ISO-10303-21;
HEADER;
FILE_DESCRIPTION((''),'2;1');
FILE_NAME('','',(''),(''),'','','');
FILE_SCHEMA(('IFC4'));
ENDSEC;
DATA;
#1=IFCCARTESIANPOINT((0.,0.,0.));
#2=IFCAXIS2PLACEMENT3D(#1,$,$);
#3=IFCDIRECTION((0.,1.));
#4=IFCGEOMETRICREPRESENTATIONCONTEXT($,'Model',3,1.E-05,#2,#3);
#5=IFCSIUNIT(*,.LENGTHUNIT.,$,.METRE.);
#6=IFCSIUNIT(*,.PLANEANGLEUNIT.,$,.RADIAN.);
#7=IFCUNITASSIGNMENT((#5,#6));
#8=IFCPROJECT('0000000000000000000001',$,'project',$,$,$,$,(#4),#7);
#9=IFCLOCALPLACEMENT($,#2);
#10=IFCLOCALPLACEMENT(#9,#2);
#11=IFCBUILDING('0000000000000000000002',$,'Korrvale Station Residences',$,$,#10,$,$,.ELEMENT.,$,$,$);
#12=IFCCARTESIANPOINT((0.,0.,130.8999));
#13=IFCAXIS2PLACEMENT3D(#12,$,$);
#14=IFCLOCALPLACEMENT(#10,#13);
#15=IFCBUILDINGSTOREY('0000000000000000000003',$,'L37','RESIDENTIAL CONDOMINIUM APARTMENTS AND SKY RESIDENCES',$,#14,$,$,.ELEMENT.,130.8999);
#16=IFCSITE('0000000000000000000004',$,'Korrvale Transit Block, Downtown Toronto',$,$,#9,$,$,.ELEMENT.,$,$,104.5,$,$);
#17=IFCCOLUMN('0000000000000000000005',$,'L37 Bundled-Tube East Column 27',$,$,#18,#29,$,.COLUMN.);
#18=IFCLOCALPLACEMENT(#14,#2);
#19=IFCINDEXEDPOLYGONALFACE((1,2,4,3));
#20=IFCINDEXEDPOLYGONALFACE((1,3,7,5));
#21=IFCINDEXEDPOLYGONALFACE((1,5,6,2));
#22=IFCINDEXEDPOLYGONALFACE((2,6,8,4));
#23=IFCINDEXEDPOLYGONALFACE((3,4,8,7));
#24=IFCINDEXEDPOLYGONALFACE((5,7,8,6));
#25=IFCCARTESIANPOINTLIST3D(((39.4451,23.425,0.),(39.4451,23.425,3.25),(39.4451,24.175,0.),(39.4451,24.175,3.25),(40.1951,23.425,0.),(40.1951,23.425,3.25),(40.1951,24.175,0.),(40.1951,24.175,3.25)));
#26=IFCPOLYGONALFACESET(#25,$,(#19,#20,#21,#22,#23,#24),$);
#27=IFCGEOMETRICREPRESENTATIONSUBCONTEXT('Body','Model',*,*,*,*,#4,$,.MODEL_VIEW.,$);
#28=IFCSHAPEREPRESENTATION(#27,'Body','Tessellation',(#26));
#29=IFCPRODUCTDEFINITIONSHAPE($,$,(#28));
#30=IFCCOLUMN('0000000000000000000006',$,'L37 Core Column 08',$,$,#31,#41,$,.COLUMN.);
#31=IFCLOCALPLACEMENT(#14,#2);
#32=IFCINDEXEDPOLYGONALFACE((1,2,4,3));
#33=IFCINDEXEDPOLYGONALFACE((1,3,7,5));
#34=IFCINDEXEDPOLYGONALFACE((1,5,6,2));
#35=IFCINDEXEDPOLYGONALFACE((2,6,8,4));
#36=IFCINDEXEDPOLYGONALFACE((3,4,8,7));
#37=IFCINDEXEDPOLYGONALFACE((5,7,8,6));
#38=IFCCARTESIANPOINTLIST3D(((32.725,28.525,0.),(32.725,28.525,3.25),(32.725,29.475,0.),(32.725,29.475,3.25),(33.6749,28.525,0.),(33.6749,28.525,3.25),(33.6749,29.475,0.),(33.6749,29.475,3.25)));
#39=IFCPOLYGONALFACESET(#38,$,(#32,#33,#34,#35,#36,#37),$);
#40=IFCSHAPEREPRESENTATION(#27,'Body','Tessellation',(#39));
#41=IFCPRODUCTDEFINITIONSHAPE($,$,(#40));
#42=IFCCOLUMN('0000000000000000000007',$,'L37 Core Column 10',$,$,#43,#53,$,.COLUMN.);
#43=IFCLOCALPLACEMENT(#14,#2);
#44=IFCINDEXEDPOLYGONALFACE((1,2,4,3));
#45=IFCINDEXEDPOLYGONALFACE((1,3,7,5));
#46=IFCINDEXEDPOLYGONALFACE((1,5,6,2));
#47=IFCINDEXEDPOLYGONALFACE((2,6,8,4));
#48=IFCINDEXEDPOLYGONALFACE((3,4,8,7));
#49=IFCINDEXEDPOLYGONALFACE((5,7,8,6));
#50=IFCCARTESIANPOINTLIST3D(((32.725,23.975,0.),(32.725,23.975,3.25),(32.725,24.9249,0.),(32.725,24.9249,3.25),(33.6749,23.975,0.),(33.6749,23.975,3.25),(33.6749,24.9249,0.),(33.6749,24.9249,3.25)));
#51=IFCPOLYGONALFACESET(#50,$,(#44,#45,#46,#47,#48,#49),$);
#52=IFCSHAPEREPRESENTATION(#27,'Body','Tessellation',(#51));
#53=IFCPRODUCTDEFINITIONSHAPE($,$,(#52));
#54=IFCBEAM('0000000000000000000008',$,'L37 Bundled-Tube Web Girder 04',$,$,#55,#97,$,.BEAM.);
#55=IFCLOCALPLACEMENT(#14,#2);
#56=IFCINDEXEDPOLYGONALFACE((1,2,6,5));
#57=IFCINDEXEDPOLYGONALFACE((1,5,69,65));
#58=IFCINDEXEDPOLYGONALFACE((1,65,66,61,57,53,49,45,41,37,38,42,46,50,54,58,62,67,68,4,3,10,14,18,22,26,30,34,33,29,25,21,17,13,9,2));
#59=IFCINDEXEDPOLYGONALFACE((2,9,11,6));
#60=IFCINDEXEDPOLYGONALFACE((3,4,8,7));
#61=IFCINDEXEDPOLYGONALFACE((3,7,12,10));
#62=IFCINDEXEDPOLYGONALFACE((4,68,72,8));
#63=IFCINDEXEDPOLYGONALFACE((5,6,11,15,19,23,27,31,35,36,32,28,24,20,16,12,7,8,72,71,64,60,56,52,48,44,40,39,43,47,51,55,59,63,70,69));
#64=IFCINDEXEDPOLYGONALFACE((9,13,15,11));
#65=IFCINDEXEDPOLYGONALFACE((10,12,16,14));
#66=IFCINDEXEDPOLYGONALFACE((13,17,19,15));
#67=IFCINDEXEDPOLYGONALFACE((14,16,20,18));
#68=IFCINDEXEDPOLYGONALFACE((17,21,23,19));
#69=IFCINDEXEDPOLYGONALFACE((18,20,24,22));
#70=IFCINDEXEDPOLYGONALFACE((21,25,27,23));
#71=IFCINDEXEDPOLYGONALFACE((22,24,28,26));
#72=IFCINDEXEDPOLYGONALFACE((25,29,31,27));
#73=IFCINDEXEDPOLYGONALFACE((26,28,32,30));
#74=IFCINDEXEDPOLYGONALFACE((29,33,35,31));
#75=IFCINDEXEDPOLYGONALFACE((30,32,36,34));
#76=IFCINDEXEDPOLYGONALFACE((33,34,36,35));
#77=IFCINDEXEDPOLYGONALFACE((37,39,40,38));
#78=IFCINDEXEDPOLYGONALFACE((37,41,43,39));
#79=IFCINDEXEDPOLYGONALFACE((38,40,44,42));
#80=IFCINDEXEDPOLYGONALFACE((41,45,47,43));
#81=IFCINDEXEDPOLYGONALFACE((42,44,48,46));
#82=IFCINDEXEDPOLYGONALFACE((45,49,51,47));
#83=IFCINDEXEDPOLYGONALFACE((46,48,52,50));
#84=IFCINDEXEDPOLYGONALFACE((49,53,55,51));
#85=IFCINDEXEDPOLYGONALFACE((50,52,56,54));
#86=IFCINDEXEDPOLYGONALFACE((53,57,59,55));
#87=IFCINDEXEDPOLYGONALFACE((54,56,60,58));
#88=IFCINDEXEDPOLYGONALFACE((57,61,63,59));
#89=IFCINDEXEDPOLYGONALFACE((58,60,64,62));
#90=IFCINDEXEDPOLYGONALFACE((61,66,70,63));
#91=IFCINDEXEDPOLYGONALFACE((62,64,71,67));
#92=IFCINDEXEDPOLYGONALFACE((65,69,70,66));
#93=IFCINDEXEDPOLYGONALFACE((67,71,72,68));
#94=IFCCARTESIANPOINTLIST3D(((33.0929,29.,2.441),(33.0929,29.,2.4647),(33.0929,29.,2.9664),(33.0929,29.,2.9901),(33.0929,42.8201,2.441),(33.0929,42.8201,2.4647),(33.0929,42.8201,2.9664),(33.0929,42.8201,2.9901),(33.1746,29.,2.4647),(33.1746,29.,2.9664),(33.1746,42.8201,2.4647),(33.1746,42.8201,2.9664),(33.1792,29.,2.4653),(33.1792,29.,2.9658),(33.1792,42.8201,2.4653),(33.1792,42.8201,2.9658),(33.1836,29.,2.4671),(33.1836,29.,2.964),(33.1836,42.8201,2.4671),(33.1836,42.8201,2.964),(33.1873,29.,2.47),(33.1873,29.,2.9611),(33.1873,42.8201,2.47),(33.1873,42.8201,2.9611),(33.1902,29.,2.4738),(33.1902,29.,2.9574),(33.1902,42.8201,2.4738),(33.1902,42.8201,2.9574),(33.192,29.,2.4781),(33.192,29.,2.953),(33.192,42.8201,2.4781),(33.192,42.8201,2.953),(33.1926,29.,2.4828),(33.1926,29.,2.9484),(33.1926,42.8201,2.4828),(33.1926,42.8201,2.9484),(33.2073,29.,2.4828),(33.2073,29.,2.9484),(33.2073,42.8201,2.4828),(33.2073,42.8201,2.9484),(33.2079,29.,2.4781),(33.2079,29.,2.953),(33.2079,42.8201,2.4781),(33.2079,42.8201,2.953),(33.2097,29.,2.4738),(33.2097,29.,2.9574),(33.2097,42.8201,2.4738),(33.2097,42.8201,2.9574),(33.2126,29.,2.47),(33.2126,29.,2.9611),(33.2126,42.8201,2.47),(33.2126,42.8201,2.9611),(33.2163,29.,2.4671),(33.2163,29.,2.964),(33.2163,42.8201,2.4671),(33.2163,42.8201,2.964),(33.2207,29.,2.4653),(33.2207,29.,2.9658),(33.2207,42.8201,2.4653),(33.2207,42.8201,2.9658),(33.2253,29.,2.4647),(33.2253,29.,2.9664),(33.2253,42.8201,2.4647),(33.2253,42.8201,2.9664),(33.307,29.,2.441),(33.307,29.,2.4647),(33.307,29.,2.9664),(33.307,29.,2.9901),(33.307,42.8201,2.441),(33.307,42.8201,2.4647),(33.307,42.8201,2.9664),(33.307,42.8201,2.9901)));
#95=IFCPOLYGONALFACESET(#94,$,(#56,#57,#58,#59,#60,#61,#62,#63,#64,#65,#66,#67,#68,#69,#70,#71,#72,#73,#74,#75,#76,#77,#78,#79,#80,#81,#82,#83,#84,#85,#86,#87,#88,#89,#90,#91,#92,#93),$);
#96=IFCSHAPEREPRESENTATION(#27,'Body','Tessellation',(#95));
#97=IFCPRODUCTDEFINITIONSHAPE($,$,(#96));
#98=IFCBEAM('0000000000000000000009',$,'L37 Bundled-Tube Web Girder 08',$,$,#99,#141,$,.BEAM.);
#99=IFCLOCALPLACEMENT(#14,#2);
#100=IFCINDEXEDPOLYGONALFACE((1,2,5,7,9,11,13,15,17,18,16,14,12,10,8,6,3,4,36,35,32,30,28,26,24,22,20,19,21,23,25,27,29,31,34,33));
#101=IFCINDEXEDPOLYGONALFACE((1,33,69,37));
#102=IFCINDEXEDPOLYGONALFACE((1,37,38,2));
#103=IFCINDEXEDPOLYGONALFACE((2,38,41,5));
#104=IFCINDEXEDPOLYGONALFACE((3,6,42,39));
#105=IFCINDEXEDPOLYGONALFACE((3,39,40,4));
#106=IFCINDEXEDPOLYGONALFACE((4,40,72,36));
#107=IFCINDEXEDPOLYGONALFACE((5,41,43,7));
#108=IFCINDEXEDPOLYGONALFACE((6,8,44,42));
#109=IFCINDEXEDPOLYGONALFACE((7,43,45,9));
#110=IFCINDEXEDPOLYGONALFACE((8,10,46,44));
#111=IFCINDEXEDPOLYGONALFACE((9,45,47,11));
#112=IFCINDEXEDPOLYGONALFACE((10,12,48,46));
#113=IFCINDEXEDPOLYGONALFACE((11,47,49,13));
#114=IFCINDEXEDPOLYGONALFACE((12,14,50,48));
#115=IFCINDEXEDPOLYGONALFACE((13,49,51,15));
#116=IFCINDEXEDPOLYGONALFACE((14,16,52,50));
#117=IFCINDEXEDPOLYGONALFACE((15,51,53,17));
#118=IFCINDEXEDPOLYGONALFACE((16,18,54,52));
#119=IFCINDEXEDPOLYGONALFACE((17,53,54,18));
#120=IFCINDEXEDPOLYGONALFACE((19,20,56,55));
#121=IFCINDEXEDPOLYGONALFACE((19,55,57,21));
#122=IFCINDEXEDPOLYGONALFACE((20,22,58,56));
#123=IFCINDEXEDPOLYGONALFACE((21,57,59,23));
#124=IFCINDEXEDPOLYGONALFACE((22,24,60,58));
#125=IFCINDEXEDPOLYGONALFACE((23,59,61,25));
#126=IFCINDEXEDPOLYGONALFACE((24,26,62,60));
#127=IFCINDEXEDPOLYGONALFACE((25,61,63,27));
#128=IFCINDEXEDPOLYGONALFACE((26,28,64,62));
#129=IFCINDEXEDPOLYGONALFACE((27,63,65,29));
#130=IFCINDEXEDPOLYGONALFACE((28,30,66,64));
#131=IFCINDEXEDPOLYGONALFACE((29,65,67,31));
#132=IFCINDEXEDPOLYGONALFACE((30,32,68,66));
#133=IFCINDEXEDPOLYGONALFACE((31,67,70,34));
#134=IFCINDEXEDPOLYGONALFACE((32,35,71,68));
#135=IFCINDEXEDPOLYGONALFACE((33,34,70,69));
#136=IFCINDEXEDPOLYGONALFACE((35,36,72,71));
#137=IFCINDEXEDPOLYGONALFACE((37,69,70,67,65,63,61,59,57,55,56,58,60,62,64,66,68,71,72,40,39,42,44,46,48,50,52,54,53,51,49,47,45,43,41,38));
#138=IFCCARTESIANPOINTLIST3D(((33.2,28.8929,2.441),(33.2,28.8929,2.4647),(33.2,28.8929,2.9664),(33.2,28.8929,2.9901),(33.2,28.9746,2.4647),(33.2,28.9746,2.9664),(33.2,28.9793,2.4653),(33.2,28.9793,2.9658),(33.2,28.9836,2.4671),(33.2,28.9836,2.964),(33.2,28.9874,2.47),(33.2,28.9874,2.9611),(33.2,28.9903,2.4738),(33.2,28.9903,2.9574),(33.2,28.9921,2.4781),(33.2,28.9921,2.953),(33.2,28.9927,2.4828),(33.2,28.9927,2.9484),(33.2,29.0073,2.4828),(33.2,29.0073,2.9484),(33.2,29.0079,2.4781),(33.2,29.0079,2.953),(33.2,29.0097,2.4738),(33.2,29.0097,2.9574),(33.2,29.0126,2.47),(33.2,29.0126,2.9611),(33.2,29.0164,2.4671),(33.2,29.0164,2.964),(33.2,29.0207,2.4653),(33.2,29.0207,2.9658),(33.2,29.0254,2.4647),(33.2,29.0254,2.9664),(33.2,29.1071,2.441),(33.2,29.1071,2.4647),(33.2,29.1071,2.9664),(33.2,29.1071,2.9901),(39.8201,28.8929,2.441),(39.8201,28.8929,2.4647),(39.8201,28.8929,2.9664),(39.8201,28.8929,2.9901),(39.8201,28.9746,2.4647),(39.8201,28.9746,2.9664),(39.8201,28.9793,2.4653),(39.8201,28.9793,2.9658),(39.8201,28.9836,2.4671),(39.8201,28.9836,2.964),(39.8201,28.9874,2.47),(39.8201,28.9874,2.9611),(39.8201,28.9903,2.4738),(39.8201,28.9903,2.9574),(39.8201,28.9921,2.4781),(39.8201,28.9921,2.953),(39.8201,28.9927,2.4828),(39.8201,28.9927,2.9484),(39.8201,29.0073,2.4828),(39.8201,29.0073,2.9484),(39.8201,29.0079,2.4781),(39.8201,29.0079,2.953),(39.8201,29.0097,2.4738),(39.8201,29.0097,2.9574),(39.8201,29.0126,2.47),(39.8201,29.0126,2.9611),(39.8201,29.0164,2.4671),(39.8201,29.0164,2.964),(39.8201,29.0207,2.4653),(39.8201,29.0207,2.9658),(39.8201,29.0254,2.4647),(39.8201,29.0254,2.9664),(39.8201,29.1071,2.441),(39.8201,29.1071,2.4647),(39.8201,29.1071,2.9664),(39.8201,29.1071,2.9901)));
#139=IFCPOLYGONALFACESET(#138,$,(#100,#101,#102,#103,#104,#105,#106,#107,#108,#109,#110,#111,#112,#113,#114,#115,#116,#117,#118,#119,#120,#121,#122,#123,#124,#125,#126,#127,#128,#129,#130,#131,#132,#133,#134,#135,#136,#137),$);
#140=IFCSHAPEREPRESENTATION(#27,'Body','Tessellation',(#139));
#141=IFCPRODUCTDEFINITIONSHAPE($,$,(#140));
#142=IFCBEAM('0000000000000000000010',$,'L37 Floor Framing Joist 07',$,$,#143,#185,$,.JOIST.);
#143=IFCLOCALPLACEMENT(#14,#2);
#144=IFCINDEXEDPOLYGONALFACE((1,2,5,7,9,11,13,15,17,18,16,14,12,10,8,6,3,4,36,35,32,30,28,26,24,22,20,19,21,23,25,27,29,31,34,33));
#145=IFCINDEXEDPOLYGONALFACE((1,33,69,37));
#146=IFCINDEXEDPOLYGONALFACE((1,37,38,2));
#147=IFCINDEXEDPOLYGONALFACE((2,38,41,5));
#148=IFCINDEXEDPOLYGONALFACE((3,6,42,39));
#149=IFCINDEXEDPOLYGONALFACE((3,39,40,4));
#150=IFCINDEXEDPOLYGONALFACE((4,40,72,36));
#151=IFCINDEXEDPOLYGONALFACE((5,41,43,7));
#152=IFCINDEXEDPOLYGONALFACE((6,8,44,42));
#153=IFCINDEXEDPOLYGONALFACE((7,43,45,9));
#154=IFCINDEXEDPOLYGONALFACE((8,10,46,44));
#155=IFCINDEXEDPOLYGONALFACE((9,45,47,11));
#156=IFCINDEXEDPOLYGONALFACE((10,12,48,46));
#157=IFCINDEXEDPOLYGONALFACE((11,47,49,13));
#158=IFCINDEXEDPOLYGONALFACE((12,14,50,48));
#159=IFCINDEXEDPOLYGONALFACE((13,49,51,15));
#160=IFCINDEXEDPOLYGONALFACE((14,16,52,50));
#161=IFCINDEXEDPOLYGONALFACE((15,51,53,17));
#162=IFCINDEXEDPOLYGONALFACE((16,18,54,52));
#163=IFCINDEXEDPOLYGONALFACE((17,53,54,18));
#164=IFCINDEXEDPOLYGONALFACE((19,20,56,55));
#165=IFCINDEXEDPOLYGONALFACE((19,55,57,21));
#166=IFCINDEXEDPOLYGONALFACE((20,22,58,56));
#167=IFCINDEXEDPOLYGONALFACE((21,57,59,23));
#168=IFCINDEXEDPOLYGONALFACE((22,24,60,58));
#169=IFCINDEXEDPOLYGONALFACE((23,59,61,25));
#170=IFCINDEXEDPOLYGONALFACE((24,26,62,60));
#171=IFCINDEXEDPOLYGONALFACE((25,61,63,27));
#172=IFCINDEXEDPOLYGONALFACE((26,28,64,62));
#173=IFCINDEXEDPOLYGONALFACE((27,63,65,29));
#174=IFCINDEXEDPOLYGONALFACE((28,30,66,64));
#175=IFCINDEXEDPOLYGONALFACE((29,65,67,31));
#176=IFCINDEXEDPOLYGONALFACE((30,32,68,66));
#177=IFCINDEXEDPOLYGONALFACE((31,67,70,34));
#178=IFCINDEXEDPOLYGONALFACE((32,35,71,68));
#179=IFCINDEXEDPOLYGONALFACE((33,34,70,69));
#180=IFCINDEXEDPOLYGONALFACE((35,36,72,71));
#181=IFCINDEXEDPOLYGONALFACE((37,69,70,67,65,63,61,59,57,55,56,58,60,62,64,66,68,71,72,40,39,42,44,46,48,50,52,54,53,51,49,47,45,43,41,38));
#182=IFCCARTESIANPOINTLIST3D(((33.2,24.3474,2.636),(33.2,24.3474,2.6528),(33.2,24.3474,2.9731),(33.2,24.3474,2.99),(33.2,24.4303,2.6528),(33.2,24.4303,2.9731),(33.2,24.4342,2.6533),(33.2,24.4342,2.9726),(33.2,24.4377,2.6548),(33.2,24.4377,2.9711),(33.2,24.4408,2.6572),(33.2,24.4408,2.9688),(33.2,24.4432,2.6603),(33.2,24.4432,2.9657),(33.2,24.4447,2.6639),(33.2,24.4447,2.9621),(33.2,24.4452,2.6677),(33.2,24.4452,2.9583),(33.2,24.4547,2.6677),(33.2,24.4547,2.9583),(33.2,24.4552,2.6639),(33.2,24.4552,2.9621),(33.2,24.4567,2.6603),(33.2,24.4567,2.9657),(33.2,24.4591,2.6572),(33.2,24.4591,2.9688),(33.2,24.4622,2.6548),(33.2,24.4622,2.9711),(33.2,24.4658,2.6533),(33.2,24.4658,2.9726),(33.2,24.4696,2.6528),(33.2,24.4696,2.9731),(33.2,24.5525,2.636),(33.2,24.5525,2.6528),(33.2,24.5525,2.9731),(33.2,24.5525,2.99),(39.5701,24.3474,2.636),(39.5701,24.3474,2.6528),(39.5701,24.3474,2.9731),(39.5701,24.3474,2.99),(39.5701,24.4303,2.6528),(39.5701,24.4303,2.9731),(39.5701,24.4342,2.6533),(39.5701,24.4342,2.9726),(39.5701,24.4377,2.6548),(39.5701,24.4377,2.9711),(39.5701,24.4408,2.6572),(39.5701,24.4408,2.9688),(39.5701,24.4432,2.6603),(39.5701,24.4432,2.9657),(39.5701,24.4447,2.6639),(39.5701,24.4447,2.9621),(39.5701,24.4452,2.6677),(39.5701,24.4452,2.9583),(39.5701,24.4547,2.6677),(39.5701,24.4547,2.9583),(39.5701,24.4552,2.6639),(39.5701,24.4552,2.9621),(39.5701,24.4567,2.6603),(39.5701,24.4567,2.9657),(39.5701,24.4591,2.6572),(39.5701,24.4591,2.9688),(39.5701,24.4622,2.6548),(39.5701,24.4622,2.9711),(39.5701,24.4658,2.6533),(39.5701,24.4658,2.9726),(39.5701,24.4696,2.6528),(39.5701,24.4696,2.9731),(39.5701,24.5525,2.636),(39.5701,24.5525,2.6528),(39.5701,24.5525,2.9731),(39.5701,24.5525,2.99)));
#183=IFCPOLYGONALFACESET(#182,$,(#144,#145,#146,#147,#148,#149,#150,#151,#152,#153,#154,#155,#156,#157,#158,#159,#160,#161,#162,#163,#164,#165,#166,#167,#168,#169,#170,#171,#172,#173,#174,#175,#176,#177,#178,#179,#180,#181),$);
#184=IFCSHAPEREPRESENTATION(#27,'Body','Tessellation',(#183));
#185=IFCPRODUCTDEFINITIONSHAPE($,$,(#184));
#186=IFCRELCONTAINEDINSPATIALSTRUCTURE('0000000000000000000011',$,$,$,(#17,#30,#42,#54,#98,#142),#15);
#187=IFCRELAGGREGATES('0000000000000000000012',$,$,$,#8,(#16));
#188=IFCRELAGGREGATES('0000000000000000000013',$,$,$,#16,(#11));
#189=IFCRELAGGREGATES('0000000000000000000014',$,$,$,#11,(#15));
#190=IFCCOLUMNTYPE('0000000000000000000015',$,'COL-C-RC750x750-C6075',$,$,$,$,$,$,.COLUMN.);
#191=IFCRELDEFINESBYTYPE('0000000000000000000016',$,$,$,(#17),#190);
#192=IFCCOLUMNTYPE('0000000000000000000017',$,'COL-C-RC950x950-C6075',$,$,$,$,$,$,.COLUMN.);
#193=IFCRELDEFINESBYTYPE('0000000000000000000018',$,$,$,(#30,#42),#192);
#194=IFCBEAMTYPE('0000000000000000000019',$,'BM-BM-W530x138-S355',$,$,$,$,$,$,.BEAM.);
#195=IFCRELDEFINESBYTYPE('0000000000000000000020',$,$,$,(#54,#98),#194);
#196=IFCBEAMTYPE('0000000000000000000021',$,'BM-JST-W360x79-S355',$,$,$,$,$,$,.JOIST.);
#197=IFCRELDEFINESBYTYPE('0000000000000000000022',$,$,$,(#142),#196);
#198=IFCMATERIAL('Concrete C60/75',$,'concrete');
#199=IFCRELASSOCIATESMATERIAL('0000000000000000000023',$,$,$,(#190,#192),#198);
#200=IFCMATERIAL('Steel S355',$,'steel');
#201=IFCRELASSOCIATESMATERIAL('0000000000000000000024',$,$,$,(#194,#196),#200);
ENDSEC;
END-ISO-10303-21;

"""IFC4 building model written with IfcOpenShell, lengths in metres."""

from ifc_helpers import new_model, si_unit, direction, frame, origin, origin_2d, place, context, subcontext, project, spatial, rectangle, i_section, extrude, material, material_profile, profile_set, type_object, element, save


model = new_model("IFC4")

# Units and contexts
model_context = context("Model", 3, precision=1e-05, world=origin(), true_north=direction((0.0, 1.0)))
body_context = subcontext(model_context, "Body", "Model", "MODEL_VIEW")
ifc_project = project(units=[si_unit("LENGTHUNIT", "METRE"), si_unit("PLANEANGLEUNIT", "RADIAN")], contexts=[model_context])

# Site, building, storey
site_placement = place(None, origin())
site = spatial("IfcSite", under=ifc_project, at=site_placement, Name="Korrvale Transit Block, Downtown Toronto", CompositionType="ELEMENT", RefElevation=104.5)
building_placement = place(site_placement, origin())
building = spatial("IfcBuilding", under=site, at=building_placement, Name="Korrvale Station Residences", CompositionType="ELEMENT")
storey_placement = place(building_placement, frame((0.0, 0.0, 130.8999)))
storey = spatial("IfcBuildingStorey", under=building, at=storey_placement, Name="L37", Description="RESIDENTIAL CONDOMINIUM APARTMENTS AND SKY RESIDENCES", CompositionType="ELEMENT", Elevation=130.8999)

# Columns
ifc_material_1 = material(Name="Concrete C60/75", Category="concrete")
ifc_material_profile_1 = material_profile(ifc_material_1, rectangle(XDim=0.75, YDim=0.75, at=origin_2d()), Name="RC750x750")
ifc_profile_set_1 = profile_set([ifc_material_profile_1], Name="Concrete C60/75")
column_type_1 = type_object("IfcColumnType", Name="COL-C-RC750x750-C6075", PredefinedType="COLUMN", material=ifc_profile_set_1)
column_placement = place(storey_placement, frame((39.8201, 23.8, 0.0), z_axis=(0.0, 0.0, 1.0), x_axis=(1.0, 0.0, 0.0)))
element("IfcColumn", 1, at=column_placement, inside=storey, type_object=column_type_1, Name="L37 Bundled-Tube East Column 27", PredefinedType="COLUMN", context=body_context, shape_type="SweptSolid", body=[
    extrude(rectangle(XDim=0.75, YDim=0.75, at=origin_2d()), origin(), (0.0, 0.0, 1.0), 3.25),
])
ifc_material_profile_2 = material_profile(ifc_material_1, rectangle(XDim=0.95, YDim=0.95, at=origin_2d()), Name="RC950x950")
ifc_profile_set_2 = profile_set([ifc_material_profile_2], Name="Concrete C60/75")
column_type_2 = type_object("IfcColumnType", Name="COL-C-RC950x950-C6075", PredefinedType="COLUMN", material=ifc_profile_set_2)
for number, where, z_axis, x_axis, name in (
    (2, (33.2, 29.0, 0.0), (0.0, 0.0, 1.0), (1.0, 0.0, 0.0), "L37 Core Column 08"),
    (3, (33.2, 24.45, 0.0), (0.0, 0.0, 1.0), (1.0, 0.0, 0.0), "L37 Core Column 10"),
):
    element("IfcColumn", number, at=place(storey_placement, frame(where, z_axis=z_axis, x_axis=x_axis)), inside=storey, type_object=column_type_2, Name=name, PredefinedType="COLUMN", context=body_context, shape_type="SweptSolid", body=[
        extrude(rectangle(XDim=0.95, YDim=0.95, at=origin_2d()), origin(), (0.0, 0.0, 1.0), 3.25),
    ])

# Beams
ifc_material_2 = material(Name="Steel S355", Category="steel")
ifc_material_profile_3 = material_profile(ifc_material_2, i_section(OverallWidth=0.2141, OverallDepth=0.5491, WebThickness=0.0146, FlangeThickness=0.0237, FilletRadius=0.0181, at=origin_2d()), Name="W530x138")
ifc_profile_set_3 = profile_set([ifc_material_profile_3], Name="Steel S355")
beam_type_1 = type_object("IfcBeamType", Name="BM-BM-W530x138-S355", PredefinedType="BEAM", material=ifc_profile_set_3)
beam_1_placement = place(storey_placement, frame((33.2, 29.0, 2.7156), z_axis=(0.0, 1.0, 0.0), x_axis=(-1.0, 0.0, 0.0)))
element("IfcBeam", 4, at=beam_1_placement, inside=storey, type_object=beam_type_1, Name="L37 Bundled-Tube Web Girder 04", PredefinedType="BEAM", context=body_context, shape_type="SweptSolid", body=[
    extrude(i_section(OverallWidth=0.2141, OverallDepth=0.5491, WebThickness=0.0146, FlangeThickness=0.0237, FilletRadius=0.0181, at=origin_2d()), origin(), (0.0, 0.0, 1.0), 13.8201),
])
beam_2_placement = place(storey_placement, frame((33.2, 29.0, 2.7156), z_axis=(1.0, 0.0, 0.0), x_axis=(0.0, 1.0, 0.0)))
element("IfcBeam", 5, at=beam_2_placement, inside=storey, type_object=beam_type_1, Name="L37 Bundled-Tube Web Girder 08", PredefinedType="BEAM", context=body_context, shape_type="SweptSolid", body=[
    extrude(i_section(OverallWidth=0.2141, OverallDepth=0.5491, WebThickness=0.0146, FlangeThickness=0.0237, FilletRadius=0.0181, at=origin_2d()), origin(), (0.0, 0.0, 1.0), 6.6201),
])
ifc_material_profile_4 = material_profile(ifc_material_2, i_section(OverallWidth=0.2051, OverallDepth=0.354, WebThickness=0.0095, FlangeThickness=0.0168, FilletRadius=0.0149, at=origin_2d()), Name="W360x79")
ifc_profile_set_4 = profile_set([ifc_material_profile_4], Name="Steel S355")
beam_type_2 = type_object("IfcBeamType", Name="BM-JST-W360x79-S355", PredefinedType="JOIST", material=ifc_profile_set_4)
beam_3_placement = place(storey_placement, frame((33.2, 24.45, 2.813), z_axis=(1.0, 0.0, 0.0), x_axis=(0.0, 1.0, 0.0)))
element("IfcBeam", 6, at=beam_3_placement, inside=storey, type_object=beam_type_2, Name="L37 Floor Framing Joist 07", PredefinedType="JOIST", context=body_context, shape_type="SweptSolid", body=[
    extrude(i_section(OverallWidth=0.2051, OverallDepth=0.354, WebThickness=0.0095, FlangeThickness=0.0168, FilletRadius=0.0149, at=origin_2d()), origin(), (0.0, 0.0, 1.0), 6.3701),
])

save(model, "model.ifc")
